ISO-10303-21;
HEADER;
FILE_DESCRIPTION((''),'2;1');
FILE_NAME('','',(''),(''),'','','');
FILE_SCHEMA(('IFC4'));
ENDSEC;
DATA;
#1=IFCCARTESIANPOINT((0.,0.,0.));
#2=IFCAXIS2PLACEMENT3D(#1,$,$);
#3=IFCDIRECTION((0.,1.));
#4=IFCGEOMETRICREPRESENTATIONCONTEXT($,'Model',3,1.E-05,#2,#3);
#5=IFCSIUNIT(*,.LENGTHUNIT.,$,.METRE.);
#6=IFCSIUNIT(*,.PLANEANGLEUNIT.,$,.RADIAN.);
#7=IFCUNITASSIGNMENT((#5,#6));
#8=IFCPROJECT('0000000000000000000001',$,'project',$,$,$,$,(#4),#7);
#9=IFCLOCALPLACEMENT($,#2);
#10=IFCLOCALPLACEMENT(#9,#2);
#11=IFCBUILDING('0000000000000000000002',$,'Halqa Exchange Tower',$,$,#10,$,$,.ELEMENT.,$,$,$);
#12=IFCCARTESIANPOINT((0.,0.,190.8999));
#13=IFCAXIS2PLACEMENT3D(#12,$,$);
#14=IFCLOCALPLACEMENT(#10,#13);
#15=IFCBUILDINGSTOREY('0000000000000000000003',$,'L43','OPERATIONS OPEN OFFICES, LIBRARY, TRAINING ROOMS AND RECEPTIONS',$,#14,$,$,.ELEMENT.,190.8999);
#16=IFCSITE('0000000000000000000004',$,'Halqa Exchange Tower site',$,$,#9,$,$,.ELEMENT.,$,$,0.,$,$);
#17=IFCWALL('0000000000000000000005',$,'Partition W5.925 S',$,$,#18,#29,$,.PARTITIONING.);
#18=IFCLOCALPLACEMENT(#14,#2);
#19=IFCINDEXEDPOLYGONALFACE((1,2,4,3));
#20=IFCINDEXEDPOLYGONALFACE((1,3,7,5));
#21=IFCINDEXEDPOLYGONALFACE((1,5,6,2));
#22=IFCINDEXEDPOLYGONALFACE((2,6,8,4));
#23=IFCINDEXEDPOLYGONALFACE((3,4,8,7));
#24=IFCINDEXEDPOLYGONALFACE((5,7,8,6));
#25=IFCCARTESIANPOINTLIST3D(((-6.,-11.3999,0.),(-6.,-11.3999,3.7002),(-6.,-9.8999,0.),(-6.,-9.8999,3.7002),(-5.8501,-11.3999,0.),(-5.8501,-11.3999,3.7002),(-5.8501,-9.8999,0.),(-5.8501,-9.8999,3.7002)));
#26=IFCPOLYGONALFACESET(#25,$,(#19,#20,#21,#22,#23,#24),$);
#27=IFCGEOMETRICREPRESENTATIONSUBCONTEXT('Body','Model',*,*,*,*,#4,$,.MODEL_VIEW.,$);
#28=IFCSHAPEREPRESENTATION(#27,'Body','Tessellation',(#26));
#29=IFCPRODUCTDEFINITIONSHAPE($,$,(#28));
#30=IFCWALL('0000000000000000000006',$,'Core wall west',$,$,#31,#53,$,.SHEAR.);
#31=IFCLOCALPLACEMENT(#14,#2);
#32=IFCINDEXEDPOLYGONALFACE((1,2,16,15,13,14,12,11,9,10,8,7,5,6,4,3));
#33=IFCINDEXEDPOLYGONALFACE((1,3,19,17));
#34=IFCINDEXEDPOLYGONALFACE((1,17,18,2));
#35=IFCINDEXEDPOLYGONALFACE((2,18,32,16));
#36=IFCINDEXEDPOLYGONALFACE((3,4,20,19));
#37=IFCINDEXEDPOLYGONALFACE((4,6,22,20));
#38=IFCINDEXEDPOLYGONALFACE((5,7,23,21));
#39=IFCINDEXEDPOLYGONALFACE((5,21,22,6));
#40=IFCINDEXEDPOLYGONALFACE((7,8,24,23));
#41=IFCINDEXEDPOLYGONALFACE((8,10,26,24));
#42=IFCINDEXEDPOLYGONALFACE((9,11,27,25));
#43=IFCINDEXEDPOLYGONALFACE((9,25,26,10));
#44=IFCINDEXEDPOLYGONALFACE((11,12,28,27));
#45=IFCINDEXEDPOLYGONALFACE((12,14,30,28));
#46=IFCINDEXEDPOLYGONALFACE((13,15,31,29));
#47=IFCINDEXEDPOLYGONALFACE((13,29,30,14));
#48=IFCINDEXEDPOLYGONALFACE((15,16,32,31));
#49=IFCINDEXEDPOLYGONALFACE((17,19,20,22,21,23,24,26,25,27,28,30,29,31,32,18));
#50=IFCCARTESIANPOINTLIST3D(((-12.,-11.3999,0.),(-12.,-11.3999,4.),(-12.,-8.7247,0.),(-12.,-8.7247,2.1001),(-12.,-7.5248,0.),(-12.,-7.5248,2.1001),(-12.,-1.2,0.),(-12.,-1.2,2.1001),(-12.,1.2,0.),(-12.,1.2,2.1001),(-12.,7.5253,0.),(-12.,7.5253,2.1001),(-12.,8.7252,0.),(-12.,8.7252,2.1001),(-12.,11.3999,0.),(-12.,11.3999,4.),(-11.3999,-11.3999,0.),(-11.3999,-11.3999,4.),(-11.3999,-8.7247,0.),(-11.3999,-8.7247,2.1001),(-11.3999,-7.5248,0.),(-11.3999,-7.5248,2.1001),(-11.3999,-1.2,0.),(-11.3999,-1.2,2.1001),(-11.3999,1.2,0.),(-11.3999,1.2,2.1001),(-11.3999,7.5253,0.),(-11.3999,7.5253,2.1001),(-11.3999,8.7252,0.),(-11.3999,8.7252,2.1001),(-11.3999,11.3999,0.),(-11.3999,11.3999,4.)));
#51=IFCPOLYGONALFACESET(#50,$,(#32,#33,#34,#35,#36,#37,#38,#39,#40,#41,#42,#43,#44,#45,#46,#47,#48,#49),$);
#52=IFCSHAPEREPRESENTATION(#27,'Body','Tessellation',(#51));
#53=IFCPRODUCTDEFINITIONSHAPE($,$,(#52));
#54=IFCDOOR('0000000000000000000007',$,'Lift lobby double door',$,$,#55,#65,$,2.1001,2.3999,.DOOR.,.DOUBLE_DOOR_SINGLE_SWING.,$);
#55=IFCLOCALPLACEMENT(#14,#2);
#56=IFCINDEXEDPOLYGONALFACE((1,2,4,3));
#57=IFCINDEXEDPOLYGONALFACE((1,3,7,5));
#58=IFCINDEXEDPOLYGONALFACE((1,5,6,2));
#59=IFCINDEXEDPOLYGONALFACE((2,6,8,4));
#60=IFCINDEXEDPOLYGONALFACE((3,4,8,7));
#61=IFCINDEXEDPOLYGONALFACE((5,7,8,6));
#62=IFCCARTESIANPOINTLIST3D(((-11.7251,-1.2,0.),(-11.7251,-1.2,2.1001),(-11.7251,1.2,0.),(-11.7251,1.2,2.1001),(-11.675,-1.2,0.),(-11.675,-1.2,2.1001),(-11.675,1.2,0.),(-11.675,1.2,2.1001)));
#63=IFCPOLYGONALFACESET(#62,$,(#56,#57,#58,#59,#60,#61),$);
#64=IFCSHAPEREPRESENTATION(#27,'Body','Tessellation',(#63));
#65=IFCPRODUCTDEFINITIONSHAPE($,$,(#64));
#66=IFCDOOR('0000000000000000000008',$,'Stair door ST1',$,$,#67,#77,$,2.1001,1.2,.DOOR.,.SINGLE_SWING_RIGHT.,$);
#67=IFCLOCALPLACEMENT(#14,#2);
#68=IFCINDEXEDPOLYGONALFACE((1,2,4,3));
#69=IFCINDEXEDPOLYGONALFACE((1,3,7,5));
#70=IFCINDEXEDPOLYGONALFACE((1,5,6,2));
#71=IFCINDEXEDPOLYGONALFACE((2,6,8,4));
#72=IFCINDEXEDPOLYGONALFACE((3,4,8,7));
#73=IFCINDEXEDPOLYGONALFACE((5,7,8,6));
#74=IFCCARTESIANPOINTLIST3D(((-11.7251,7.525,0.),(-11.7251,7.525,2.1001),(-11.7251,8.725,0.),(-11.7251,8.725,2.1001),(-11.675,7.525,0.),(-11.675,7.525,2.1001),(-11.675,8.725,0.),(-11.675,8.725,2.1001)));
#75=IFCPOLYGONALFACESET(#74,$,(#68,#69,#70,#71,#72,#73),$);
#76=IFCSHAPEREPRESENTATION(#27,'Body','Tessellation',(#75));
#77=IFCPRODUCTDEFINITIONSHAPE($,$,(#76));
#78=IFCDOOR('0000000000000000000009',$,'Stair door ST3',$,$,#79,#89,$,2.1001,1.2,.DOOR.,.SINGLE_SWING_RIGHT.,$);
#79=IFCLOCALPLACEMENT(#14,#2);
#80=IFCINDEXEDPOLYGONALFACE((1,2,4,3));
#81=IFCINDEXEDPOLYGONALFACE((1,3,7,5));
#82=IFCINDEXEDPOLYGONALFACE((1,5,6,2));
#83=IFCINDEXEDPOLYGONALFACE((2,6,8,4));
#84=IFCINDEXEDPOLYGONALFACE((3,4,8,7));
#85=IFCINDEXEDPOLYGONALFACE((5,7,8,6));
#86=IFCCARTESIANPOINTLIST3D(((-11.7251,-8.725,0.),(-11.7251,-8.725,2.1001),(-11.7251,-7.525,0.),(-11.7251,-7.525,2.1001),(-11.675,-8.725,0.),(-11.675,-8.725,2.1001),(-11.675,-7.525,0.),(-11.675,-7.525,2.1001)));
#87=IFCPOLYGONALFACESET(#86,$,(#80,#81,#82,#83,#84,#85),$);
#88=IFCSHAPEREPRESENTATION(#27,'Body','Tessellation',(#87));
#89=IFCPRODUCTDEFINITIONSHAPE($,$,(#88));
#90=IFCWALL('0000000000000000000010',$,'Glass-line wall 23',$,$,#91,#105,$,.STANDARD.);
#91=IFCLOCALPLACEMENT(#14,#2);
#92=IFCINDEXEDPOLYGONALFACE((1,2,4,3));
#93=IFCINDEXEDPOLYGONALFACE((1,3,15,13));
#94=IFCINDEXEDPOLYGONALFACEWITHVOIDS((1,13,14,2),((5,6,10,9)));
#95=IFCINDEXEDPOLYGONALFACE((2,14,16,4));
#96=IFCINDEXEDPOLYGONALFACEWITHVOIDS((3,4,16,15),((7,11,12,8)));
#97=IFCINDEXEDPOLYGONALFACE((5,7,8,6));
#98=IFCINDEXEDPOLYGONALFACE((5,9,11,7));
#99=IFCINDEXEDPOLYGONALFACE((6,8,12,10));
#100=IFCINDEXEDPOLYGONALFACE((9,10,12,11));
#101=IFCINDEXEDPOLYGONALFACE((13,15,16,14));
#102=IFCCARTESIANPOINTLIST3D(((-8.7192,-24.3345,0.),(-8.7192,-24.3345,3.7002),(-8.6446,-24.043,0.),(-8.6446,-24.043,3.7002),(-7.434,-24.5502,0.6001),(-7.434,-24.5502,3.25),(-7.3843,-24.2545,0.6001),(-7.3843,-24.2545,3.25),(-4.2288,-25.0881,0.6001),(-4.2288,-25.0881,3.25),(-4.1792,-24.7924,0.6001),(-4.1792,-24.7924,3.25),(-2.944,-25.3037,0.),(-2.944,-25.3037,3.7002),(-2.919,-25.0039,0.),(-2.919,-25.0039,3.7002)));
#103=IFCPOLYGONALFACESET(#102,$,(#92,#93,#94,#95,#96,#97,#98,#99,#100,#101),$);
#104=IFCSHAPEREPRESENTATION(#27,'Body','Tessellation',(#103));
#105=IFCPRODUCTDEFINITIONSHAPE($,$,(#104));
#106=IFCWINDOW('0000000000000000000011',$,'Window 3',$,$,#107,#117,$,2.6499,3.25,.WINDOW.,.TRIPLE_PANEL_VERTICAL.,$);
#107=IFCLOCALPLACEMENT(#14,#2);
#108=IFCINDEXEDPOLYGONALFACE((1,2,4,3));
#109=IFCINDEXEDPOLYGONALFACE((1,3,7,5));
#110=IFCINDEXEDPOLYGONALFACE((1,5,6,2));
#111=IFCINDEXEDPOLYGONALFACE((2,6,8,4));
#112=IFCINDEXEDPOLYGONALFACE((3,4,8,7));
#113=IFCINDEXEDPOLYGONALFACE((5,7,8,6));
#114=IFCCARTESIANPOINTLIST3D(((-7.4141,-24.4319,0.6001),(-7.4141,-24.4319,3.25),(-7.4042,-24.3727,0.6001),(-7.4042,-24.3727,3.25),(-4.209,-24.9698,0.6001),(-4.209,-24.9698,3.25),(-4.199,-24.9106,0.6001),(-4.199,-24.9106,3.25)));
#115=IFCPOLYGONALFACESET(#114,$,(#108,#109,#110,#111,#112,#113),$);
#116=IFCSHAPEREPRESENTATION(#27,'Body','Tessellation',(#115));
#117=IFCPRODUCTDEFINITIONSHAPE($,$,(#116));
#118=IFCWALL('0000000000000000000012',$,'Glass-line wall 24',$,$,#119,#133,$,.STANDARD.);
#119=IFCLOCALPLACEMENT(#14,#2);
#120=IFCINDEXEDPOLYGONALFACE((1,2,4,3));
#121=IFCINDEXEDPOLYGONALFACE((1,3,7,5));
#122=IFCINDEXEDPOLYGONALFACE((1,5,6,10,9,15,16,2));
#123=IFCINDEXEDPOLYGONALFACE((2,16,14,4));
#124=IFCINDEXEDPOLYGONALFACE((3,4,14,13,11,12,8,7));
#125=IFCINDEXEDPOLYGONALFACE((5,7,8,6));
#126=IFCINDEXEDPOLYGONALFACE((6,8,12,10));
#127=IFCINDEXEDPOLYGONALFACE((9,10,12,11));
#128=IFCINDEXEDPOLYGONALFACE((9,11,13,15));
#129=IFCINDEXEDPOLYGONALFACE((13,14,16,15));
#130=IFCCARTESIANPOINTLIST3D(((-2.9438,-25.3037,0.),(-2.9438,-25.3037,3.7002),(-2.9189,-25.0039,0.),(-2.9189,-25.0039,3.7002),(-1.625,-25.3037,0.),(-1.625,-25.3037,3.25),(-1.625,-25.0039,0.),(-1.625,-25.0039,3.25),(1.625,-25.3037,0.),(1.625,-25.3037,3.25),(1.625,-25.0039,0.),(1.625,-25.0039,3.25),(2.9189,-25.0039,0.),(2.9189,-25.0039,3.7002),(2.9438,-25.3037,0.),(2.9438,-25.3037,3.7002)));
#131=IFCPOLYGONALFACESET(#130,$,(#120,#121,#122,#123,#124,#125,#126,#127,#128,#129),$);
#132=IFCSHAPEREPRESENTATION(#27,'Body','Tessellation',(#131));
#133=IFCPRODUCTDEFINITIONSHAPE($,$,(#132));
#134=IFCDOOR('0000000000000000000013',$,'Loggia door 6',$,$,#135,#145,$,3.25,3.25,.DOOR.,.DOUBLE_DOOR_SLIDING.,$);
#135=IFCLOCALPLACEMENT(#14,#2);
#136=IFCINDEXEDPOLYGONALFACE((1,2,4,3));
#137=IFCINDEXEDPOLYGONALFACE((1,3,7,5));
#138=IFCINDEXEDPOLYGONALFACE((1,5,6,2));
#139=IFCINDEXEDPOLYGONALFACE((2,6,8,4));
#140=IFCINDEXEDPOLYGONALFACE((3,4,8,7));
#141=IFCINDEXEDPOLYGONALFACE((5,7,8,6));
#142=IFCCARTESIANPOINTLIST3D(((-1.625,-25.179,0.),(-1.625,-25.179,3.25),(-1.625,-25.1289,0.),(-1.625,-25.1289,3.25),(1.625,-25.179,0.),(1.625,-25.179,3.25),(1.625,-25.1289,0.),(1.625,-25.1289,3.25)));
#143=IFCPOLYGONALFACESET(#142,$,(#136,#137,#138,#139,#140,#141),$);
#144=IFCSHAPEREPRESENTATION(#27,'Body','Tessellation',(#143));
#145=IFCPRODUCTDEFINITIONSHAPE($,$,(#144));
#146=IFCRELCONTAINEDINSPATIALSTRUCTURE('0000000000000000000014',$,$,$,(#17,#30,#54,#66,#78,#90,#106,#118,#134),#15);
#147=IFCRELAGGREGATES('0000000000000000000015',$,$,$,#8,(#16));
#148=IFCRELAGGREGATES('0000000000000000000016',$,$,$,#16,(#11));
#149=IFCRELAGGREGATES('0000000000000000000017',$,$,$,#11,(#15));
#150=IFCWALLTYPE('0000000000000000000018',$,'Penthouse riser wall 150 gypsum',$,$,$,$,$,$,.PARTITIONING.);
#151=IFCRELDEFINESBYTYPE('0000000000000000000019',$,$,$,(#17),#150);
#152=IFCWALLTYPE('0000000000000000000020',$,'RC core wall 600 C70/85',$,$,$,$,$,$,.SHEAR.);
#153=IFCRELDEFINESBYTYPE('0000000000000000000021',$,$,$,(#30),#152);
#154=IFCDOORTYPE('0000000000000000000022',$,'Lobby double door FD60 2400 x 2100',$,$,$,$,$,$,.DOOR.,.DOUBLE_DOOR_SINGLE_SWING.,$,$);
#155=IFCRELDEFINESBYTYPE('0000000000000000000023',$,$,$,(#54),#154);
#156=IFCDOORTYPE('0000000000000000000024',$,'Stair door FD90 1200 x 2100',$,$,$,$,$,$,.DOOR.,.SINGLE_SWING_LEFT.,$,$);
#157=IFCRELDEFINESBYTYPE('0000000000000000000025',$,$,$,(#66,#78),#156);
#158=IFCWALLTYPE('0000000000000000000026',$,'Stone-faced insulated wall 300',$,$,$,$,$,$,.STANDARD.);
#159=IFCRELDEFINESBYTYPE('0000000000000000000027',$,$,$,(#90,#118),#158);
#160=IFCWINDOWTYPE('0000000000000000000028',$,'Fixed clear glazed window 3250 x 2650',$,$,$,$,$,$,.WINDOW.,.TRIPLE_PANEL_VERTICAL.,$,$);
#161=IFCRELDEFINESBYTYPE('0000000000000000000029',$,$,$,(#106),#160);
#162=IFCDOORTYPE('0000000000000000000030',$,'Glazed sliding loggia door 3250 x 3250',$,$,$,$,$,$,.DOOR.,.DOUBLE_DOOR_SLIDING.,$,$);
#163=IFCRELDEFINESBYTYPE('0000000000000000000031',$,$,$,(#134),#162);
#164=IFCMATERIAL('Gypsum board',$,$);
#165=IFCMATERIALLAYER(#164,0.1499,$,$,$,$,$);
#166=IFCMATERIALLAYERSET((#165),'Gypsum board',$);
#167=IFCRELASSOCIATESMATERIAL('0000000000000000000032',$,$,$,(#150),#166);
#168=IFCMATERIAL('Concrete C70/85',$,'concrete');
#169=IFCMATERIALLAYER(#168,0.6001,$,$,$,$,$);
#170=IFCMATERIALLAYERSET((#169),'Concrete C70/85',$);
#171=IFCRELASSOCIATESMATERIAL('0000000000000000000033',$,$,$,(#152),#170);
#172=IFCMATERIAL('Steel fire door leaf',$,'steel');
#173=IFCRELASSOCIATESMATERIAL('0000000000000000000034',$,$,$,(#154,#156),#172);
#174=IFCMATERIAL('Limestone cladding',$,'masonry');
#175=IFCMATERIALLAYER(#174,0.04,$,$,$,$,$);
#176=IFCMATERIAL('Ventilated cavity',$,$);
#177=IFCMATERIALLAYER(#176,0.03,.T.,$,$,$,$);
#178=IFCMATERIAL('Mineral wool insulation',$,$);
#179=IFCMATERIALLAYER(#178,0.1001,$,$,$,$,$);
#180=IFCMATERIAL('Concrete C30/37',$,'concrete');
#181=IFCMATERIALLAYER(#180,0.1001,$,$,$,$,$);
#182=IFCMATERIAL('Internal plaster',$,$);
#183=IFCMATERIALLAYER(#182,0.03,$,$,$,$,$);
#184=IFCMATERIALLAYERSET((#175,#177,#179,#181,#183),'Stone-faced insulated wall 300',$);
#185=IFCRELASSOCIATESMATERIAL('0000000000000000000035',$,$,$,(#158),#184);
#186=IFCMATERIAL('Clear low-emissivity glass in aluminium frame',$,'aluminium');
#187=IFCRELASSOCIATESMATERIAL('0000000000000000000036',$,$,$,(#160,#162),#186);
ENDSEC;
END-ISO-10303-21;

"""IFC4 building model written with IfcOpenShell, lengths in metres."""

from ifc_helpers import new_model, si_unit, direction, frame, frame_2d, origin, place, context, subcontext, project, spatial, polyline, rectangle, outline, extrude, material, layer, layer_set, type_object, element, fill, save


model = new_model("IFC4")

# Units and contexts
model_context = context("Model", 3, precision=1e-05, world=origin(), true_north=direction((0.0, 1.0)))
body_context = subcontext(model_context, "Body", "Model", "MODEL_VIEW")
ifc_project = project(units=[si_unit("LENGTHUNIT", "METRE"), si_unit("PLANEANGLEUNIT", "RADIAN")], contexts=[model_context])

# Site, building, storey
site_placement = place(None, origin())
site = spatial("IfcSite", under=ifc_project, at=site_placement, Name="Halqa Exchange Tower site", CompositionType="ELEMENT", RefElevation=0.0)
building_placement = place(site_placement, origin())
building = spatial("IfcBuilding", under=site, at=building_placement, Name="Halqa Exchange Tower", CompositionType="ELEMENT")
storey_placement = place(building_placement, frame((0.0, 0.0, 190.8999)))
storey = spatial("IfcBuildingStorey", under=building, at=storey_placement, Name="L43", Description="OPERATIONS OPEN OFFICES, LIBRARY, TRAINING ROOMS AND RECEPTIONS", CompositionType="ELEMENT", Elevation=190.8999)

# Shared definitions
ifc_material_1 = material(Name="Steel fire door leaf", Category="steel")

# Wall
ifc_material_2 = material(Name="Gypsum board")
ifc_layer_1 = layer(ifc_material_2, 0.1499)
ifc_layer_set_1 = layer_set([ifc_layer_1], Name="Gypsum board")
wall_type_1 = type_object("IfcWallType", Name="Penthouse riser wall 150 gypsum", PredefinedType="PARTITIONING", material=ifc_layer_set_1)
wall_1_placement = place(storey_placement, frame((-5.925, -11.3999, 0.0), z_axis=(0.0, 0.0, 1.0), x_axis=(0.0, 1.0, 0.0)))
element("IfcWall", 1, at=wall_1_placement, inside=storey, type_object=wall_type_1, Name="Partition W5.925 S", PredefinedType="PARTITIONING", context=body_context, shape_type="SweptSolid", body=[
    extrude(rectangle(XDim=1.5, YDim=0.1499, at=frame_2d((0.75, 0.0))), origin(), (0.0, 0.0, 1.0), 3.7002),
])

# Wall, openings, doors
ifc_material_3 = material(Name="Concrete C70/85", Category="concrete")
ifc_layer_2 = layer(ifc_material_3, 0.6001)
ifc_layer_set_2 = layer_set([ifc_layer_2], Name="Concrete C70/85")
wall_type_2 = type_object("IfcWallType", Name="RC core wall 600 C70/85", PredefinedType="SHEAR", material=ifc_layer_set_2)
wall_2_placement = place(storey_placement, frame((-11.7, -11.3999, 0.0), z_axis=(0.0, 0.0, 1.0), x_axis=(0.0, 1.0, 0.0)))
wall_2 = element("IfcWall", 2, at=wall_2_placement, inside=storey, type_object=wall_type_2, Name="Core wall west", PredefinedType="SHEAR", context=body_context, shape_type="SweptSolid", body=[
    extrude(rectangle(XDim=22.7998, YDim=0.6001, at=frame_2d((11.3999, 0.0))), origin(), (0.0, 0.0, 1.0), 4.0),
])
opening_1_placement = place(wall_2_placement, frame((10.2, 0.0, 0.0)))
opening_1 = element("IfcOpeningElement", 3, at=opening_1_placement, cuts=wall_2, PredefinedType="OPENING", context=body_context, shape_type="SweptSolid", body=[
    extrude(rectangle(XDim=2.3999, YDim=2.1001, at=frame_2d((1.2, 1.05))), frame((0.0, 0.312, 0.0), z_axis=(0.0, -1.0, 0.0), x_axis=(1.0, 0.0, 0.0)), (0.0, 0.0, 1.0), 0.624),
])
opening_2_placement = place(wall_2_placement, frame((18.925, 0.0, 0.0)))
opening_2 = element("IfcOpeningElement", 4, at=opening_2_placement, cuts=wall_2, PredefinedType="OPENING", context=body_context, shape_type="SweptSolid", body=[
    extrude(rectangle(XDim=1.2, YDim=2.1001, at=frame_2d((0.6001, 1.05))), frame((0.0, 0.312, 0.0), z_axis=(0.0, -1.0, 0.0), x_axis=(1.0, 0.0, 0.0)), (0.0, 0.0, 1.0), 0.624),
])
opening_3_placement = place(wall_2_placement, frame((2.675, 0.0, 0.0)))
opening_3 = element("IfcOpeningElement", 5, at=opening_3_placement, cuts=wall_2, PredefinedType="OPENING", context=body_context, shape_type="SweptSolid", body=[
    extrude(rectangle(XDim=1.2, YDim=2.1001, at=frame_2d((0.6001, 1.05))), frame((0.0, 0.312, 0.0), z_axis=(0.0, -1.0, 0.0), x_axis=(1.0, 0.0, 0.0)), (0.0, 0.0, 1.0), 0.624),
])
door_type_1 = type_object("IfcDoorType", Name="Lobby double door FD60 2400 x 2100", OperationType="DOUBLE_DOOR_SINGLE_SWING", PredefinedType="DOOR", material=ifc_material_1)
door_1_placement = place(opening_1_placement, frame((2.3999, 0.0, 0.0), z_axis=(0.0, 0.0, 1.0), x_axis=(-1.0, 0.0, 0.0)))
door_1 = element("IfcDoor", 6, at=door_1_placement, inside=storey, type_object=door_type_1, Name="Lift lobby double door", OperationType="DOUBLE_DOOR_SINGLE_SWING", OverallHeight=2.1001, OverallWidth=2.3999, PredefinedType="DOOR", context=body_context, shape_type="SweptSolid", body=[
    extrude(rectangle(XDim=2.3999, YDim=2.1001, at=frame_2d((1.2, 1.05))), frame((0.0, 0.0249, 0.0), z_axis=(0.0, -1.0, 0.0), x_axis=(1.0, 0.0, 0.0)), (0.0, 0.0, 1.0), 0.05),
])
fill(opening_1, door_1)
door_type_2 = type_object("IfcDoorType", Name="Stair door FD90 1200 x 2100", OperationType="SINGLE_SWING_LEFT", PredefinedType="DOOR", material=ifc_material_1)
door_2_placement = place(opening_2_placement, frame((1.2, 0.0, 0.0), z_axis=(0.0, 0.0, 1.0), x_axis=(-1.0, 0.0, 0.0)))
door_2 = element("IfcDoor", 7, at=door_2_placement, inside=storey, type_object=door_type_2, Name="Stair door ST1", OperationType="SINGLE_SWING_RIGHT", OverallHeight=2.1001, OverallWidth=1.2, PredefinedType="DOOR", context=body_context, shape_type="SweptSolid", body=[
    extrude(rectangle(XDim=1.2, YDim=2.1001, at=frame_2d((0.6001, 1.05))), frame((0.0, 0.0249, 0.0), z_axis=(0.0, -1.0, 0.0), x_axis=(1.0, 0.0, 0.0)), (0.0, 0.0, 1.0), 0.05),
])
fill(opening_2, door_2)
door_3_placement = place(opening_3_placement, frame((1.2, 0.0, 0.0), z_axis=(0.0, 0.0, 1.0), x_axis=(-1.0, 0.0, 0.0)))
door_3 = element("IfcDoor", 8, at=door_3_placement, inside=storey, type_object=door_type_2, Name="Stair door ST3", OperationType="SINGLE_SWING_RIGHT", OverallHeight=2.1001, OverallWidth=1.2, PredefinedType="DOOR", context=body_context, shape_type="SweptSolid", body=[
    extrude(rectangle(XDim=1.2, YDim=2.1001, at=frame_2d((0.6001, 1.05))), frame((0.0, 0.0249, 0.0), z_axis=(0.0, -1.0, 0.0), x_axis=(1.0, 0.0, 0.0)), (0.0, 0.0, 1.0), 0.05),
])
fill(opening_3, door_3)

# Wall, opening, window
ifc_material_4 = material(Name="Limestone cladding", Category="masonry")
ifc_layer_3 = layer(ifc_material_4, 0.04)
ifc_material_5 = material(Name="Ventilated cavity")
ifc_layer_4 = layer(ifc_material_5, 0.03, ventilated=True)
ifc_material_6 = material(Name="Mineral wool insulation")
ifc_layer_5 = layer(ifc_material_6, 0.1001)
ifc_material_7 = material(Name="Concrete C30/37", Category="concrete")
ifc_layer_6 = layer(ifc_material_7, 0.1001)
ifc_material_8 = material(Name="Internal plaster")
ifc_layer_7 = layer(ifc_material_8, 0.03)
ifc_layer_set_3 = layer_set([ifc_layer_3, ifc_layer_4, ifc_layer_5, ifc_layer_6, ifc_layer_7], Name="Stone-faced insulated wall 300")
wall_type_3 = type_object("IfcWallType", Name="Stone-faced insulated wall 300", PredefinedType="STANDARD", material=ifc_layer_set_3)
wall_3_placement = place(storey_placement, frame((-8.6819, -24.1887, 0.0), z_axis=(0.0, 0.0, 1.0), x_axis=(0.986208, -0.165512, 0.0)))
wall_3 = element("IfcWall", 9, at=wall_3_placement, inside=storey, type_object=wall_type_3, Name="Glass-line wall 23", PredefinedType="STANDARD", context=body_context, shape_type="SweptSolid", body=[
    extrude(outline(polyline([(-0.0127, -0.1499), (5.8433, -0.1499), (5.8184, 0.1499), (0.0127, 0.1499), (-0.0127, -0.1499)])), origin(), (0.0, 0.0, 1.0), 3.7002),
])
opening_4_placement = place(wall_3_placement, frame((1.2905, 0.0, 0.6001)))
opening_4 = element("IfcOpeningElement", 10, at=opening_4_placement, cuts=wall_3, PredefinedType="OPENING", context=body_context, shape_type="SweptSolid", body=[
    extrude(rectangle(XDim=3.25, YDim=2.6499, at=frame_2d((1.625, 1.325))), frame((0.0, 0.1621, 0.0), z_axis=(0.0, -1.0, 0.0), x_axis=(1.0, 0.0, 0.0)), (0.0, 0.0, 1.0), 0.324),
])
ifc_material_9 = material(Name="Clear low-emissivity glass in aluminium frame", Category="aluminium")
window_type = type_object("IfcWindowType", Name="Fixed clear glazed window 3250 x 2650", PartitioningType="TRIPLE_PANEL_VERTICAL", PredefinedType="WINDOW", material=ifc_material_9)
window_placement = place(opening_4_placement, origin())
window = element("IfcWindow", 11, at=window_placement, inside=storey, type_object=window_type, Name="Window 3", OverallHeight=2.6499, OverallWidth=3.25, PartitioningType="TRIPLE_PANEL_VERTICAL", PredefinedType="WINDOW", context=body_context, shape_type="SweptSolid", body=[
    extrude(rectangle(XDim=3.25, YDim=2.6499, at=frame_2d((1.625, 1.325))), frame((0.0, 0.03, 0.0), z_axis=(0.0, -1.0, 0.0), x_axis=(1.0, 0.0, 0.0)), (0.0, 0.0, 1.0), 0.0601),
])
fill(opening_4, window)

# Wall, opening, door
wall_4_placement = place(storey_placement, frame((-2.9314, -25.1538, 0.0), z_axis=(0.0, 0.0, 1.0), x_axis=(1.0, 0.0, 0.0)))
wall_4 = element("IfcWall", 12, at=wall_4_placement, inside=storey, type_object=wall_type_3, Name="Glass-line wall 24", PredefinedType="STANDARD", context=body_context, shape_type="SweptSolid", body=[
    extrude(outline(polyline([(-0.0125, -0.1499), (5.8752, -0.1499), (5.8503, 0.1499), (0.0125, 0.1499), (-0.0125, -0.1499)])), origin(), (0.0, 0.0, 1.0), 3.7002),
])
opening_5_placement = place(wall_4_placement, frame((1.3064, 0.0, 0.0)))
opening_5 = element("IfcOpeningElement", 13, at=opening_5_placement, cuts=wall_4, PredefinedType="OPENING", context=body_context, shape_type="SweptSolid", body=[
    extrude(rectangle(XDim=3.25, YDim=3.25, at=frame_2d((1.625, 1.625))), frame((0.0, 0.1621, 0.0), z_axis=(0.0, -1.0, 0.0), x_axis=(1.0, 0.0, 0.0)), (0.0, 0.0, 1.0), 0.324),
])
door_type_3 = type_object("IfcDoorType", Name="Glazed sliding loggia door 3250 x 3250", OperationType="DOUBLE_DOOR_SLIDING", PredefinedType="DOOR", material=ifc_material_9)
door_4_placement = place(opening_5_placement, origin())
door_4 = element("IfcDoor", 14, at=door_4_placement, inside=storey, type_object=door_type_3, Name="Loggia door 6", OperationType="DOUBLE_DOOR_SLIDING", OverallHeight=3.25, OverallWidth=3.25, PredefinedType="DOOR", context=body_context, shape_type="SweptSolid", body=[
    extrude(rectangle(XDim=3.25, YDim=3.25, at=frame_2d((1.625, 1.625))), frame((0.0, 0.0249, 0.0), z_axis=(0.0, -1.0, 0.0), x_axis=(1.0, 0.0, 0.0)), (0.0, 0.0, 1.0), 0.05),
])
fill(opening_5, door_4)

save(model, "model.ifc")
